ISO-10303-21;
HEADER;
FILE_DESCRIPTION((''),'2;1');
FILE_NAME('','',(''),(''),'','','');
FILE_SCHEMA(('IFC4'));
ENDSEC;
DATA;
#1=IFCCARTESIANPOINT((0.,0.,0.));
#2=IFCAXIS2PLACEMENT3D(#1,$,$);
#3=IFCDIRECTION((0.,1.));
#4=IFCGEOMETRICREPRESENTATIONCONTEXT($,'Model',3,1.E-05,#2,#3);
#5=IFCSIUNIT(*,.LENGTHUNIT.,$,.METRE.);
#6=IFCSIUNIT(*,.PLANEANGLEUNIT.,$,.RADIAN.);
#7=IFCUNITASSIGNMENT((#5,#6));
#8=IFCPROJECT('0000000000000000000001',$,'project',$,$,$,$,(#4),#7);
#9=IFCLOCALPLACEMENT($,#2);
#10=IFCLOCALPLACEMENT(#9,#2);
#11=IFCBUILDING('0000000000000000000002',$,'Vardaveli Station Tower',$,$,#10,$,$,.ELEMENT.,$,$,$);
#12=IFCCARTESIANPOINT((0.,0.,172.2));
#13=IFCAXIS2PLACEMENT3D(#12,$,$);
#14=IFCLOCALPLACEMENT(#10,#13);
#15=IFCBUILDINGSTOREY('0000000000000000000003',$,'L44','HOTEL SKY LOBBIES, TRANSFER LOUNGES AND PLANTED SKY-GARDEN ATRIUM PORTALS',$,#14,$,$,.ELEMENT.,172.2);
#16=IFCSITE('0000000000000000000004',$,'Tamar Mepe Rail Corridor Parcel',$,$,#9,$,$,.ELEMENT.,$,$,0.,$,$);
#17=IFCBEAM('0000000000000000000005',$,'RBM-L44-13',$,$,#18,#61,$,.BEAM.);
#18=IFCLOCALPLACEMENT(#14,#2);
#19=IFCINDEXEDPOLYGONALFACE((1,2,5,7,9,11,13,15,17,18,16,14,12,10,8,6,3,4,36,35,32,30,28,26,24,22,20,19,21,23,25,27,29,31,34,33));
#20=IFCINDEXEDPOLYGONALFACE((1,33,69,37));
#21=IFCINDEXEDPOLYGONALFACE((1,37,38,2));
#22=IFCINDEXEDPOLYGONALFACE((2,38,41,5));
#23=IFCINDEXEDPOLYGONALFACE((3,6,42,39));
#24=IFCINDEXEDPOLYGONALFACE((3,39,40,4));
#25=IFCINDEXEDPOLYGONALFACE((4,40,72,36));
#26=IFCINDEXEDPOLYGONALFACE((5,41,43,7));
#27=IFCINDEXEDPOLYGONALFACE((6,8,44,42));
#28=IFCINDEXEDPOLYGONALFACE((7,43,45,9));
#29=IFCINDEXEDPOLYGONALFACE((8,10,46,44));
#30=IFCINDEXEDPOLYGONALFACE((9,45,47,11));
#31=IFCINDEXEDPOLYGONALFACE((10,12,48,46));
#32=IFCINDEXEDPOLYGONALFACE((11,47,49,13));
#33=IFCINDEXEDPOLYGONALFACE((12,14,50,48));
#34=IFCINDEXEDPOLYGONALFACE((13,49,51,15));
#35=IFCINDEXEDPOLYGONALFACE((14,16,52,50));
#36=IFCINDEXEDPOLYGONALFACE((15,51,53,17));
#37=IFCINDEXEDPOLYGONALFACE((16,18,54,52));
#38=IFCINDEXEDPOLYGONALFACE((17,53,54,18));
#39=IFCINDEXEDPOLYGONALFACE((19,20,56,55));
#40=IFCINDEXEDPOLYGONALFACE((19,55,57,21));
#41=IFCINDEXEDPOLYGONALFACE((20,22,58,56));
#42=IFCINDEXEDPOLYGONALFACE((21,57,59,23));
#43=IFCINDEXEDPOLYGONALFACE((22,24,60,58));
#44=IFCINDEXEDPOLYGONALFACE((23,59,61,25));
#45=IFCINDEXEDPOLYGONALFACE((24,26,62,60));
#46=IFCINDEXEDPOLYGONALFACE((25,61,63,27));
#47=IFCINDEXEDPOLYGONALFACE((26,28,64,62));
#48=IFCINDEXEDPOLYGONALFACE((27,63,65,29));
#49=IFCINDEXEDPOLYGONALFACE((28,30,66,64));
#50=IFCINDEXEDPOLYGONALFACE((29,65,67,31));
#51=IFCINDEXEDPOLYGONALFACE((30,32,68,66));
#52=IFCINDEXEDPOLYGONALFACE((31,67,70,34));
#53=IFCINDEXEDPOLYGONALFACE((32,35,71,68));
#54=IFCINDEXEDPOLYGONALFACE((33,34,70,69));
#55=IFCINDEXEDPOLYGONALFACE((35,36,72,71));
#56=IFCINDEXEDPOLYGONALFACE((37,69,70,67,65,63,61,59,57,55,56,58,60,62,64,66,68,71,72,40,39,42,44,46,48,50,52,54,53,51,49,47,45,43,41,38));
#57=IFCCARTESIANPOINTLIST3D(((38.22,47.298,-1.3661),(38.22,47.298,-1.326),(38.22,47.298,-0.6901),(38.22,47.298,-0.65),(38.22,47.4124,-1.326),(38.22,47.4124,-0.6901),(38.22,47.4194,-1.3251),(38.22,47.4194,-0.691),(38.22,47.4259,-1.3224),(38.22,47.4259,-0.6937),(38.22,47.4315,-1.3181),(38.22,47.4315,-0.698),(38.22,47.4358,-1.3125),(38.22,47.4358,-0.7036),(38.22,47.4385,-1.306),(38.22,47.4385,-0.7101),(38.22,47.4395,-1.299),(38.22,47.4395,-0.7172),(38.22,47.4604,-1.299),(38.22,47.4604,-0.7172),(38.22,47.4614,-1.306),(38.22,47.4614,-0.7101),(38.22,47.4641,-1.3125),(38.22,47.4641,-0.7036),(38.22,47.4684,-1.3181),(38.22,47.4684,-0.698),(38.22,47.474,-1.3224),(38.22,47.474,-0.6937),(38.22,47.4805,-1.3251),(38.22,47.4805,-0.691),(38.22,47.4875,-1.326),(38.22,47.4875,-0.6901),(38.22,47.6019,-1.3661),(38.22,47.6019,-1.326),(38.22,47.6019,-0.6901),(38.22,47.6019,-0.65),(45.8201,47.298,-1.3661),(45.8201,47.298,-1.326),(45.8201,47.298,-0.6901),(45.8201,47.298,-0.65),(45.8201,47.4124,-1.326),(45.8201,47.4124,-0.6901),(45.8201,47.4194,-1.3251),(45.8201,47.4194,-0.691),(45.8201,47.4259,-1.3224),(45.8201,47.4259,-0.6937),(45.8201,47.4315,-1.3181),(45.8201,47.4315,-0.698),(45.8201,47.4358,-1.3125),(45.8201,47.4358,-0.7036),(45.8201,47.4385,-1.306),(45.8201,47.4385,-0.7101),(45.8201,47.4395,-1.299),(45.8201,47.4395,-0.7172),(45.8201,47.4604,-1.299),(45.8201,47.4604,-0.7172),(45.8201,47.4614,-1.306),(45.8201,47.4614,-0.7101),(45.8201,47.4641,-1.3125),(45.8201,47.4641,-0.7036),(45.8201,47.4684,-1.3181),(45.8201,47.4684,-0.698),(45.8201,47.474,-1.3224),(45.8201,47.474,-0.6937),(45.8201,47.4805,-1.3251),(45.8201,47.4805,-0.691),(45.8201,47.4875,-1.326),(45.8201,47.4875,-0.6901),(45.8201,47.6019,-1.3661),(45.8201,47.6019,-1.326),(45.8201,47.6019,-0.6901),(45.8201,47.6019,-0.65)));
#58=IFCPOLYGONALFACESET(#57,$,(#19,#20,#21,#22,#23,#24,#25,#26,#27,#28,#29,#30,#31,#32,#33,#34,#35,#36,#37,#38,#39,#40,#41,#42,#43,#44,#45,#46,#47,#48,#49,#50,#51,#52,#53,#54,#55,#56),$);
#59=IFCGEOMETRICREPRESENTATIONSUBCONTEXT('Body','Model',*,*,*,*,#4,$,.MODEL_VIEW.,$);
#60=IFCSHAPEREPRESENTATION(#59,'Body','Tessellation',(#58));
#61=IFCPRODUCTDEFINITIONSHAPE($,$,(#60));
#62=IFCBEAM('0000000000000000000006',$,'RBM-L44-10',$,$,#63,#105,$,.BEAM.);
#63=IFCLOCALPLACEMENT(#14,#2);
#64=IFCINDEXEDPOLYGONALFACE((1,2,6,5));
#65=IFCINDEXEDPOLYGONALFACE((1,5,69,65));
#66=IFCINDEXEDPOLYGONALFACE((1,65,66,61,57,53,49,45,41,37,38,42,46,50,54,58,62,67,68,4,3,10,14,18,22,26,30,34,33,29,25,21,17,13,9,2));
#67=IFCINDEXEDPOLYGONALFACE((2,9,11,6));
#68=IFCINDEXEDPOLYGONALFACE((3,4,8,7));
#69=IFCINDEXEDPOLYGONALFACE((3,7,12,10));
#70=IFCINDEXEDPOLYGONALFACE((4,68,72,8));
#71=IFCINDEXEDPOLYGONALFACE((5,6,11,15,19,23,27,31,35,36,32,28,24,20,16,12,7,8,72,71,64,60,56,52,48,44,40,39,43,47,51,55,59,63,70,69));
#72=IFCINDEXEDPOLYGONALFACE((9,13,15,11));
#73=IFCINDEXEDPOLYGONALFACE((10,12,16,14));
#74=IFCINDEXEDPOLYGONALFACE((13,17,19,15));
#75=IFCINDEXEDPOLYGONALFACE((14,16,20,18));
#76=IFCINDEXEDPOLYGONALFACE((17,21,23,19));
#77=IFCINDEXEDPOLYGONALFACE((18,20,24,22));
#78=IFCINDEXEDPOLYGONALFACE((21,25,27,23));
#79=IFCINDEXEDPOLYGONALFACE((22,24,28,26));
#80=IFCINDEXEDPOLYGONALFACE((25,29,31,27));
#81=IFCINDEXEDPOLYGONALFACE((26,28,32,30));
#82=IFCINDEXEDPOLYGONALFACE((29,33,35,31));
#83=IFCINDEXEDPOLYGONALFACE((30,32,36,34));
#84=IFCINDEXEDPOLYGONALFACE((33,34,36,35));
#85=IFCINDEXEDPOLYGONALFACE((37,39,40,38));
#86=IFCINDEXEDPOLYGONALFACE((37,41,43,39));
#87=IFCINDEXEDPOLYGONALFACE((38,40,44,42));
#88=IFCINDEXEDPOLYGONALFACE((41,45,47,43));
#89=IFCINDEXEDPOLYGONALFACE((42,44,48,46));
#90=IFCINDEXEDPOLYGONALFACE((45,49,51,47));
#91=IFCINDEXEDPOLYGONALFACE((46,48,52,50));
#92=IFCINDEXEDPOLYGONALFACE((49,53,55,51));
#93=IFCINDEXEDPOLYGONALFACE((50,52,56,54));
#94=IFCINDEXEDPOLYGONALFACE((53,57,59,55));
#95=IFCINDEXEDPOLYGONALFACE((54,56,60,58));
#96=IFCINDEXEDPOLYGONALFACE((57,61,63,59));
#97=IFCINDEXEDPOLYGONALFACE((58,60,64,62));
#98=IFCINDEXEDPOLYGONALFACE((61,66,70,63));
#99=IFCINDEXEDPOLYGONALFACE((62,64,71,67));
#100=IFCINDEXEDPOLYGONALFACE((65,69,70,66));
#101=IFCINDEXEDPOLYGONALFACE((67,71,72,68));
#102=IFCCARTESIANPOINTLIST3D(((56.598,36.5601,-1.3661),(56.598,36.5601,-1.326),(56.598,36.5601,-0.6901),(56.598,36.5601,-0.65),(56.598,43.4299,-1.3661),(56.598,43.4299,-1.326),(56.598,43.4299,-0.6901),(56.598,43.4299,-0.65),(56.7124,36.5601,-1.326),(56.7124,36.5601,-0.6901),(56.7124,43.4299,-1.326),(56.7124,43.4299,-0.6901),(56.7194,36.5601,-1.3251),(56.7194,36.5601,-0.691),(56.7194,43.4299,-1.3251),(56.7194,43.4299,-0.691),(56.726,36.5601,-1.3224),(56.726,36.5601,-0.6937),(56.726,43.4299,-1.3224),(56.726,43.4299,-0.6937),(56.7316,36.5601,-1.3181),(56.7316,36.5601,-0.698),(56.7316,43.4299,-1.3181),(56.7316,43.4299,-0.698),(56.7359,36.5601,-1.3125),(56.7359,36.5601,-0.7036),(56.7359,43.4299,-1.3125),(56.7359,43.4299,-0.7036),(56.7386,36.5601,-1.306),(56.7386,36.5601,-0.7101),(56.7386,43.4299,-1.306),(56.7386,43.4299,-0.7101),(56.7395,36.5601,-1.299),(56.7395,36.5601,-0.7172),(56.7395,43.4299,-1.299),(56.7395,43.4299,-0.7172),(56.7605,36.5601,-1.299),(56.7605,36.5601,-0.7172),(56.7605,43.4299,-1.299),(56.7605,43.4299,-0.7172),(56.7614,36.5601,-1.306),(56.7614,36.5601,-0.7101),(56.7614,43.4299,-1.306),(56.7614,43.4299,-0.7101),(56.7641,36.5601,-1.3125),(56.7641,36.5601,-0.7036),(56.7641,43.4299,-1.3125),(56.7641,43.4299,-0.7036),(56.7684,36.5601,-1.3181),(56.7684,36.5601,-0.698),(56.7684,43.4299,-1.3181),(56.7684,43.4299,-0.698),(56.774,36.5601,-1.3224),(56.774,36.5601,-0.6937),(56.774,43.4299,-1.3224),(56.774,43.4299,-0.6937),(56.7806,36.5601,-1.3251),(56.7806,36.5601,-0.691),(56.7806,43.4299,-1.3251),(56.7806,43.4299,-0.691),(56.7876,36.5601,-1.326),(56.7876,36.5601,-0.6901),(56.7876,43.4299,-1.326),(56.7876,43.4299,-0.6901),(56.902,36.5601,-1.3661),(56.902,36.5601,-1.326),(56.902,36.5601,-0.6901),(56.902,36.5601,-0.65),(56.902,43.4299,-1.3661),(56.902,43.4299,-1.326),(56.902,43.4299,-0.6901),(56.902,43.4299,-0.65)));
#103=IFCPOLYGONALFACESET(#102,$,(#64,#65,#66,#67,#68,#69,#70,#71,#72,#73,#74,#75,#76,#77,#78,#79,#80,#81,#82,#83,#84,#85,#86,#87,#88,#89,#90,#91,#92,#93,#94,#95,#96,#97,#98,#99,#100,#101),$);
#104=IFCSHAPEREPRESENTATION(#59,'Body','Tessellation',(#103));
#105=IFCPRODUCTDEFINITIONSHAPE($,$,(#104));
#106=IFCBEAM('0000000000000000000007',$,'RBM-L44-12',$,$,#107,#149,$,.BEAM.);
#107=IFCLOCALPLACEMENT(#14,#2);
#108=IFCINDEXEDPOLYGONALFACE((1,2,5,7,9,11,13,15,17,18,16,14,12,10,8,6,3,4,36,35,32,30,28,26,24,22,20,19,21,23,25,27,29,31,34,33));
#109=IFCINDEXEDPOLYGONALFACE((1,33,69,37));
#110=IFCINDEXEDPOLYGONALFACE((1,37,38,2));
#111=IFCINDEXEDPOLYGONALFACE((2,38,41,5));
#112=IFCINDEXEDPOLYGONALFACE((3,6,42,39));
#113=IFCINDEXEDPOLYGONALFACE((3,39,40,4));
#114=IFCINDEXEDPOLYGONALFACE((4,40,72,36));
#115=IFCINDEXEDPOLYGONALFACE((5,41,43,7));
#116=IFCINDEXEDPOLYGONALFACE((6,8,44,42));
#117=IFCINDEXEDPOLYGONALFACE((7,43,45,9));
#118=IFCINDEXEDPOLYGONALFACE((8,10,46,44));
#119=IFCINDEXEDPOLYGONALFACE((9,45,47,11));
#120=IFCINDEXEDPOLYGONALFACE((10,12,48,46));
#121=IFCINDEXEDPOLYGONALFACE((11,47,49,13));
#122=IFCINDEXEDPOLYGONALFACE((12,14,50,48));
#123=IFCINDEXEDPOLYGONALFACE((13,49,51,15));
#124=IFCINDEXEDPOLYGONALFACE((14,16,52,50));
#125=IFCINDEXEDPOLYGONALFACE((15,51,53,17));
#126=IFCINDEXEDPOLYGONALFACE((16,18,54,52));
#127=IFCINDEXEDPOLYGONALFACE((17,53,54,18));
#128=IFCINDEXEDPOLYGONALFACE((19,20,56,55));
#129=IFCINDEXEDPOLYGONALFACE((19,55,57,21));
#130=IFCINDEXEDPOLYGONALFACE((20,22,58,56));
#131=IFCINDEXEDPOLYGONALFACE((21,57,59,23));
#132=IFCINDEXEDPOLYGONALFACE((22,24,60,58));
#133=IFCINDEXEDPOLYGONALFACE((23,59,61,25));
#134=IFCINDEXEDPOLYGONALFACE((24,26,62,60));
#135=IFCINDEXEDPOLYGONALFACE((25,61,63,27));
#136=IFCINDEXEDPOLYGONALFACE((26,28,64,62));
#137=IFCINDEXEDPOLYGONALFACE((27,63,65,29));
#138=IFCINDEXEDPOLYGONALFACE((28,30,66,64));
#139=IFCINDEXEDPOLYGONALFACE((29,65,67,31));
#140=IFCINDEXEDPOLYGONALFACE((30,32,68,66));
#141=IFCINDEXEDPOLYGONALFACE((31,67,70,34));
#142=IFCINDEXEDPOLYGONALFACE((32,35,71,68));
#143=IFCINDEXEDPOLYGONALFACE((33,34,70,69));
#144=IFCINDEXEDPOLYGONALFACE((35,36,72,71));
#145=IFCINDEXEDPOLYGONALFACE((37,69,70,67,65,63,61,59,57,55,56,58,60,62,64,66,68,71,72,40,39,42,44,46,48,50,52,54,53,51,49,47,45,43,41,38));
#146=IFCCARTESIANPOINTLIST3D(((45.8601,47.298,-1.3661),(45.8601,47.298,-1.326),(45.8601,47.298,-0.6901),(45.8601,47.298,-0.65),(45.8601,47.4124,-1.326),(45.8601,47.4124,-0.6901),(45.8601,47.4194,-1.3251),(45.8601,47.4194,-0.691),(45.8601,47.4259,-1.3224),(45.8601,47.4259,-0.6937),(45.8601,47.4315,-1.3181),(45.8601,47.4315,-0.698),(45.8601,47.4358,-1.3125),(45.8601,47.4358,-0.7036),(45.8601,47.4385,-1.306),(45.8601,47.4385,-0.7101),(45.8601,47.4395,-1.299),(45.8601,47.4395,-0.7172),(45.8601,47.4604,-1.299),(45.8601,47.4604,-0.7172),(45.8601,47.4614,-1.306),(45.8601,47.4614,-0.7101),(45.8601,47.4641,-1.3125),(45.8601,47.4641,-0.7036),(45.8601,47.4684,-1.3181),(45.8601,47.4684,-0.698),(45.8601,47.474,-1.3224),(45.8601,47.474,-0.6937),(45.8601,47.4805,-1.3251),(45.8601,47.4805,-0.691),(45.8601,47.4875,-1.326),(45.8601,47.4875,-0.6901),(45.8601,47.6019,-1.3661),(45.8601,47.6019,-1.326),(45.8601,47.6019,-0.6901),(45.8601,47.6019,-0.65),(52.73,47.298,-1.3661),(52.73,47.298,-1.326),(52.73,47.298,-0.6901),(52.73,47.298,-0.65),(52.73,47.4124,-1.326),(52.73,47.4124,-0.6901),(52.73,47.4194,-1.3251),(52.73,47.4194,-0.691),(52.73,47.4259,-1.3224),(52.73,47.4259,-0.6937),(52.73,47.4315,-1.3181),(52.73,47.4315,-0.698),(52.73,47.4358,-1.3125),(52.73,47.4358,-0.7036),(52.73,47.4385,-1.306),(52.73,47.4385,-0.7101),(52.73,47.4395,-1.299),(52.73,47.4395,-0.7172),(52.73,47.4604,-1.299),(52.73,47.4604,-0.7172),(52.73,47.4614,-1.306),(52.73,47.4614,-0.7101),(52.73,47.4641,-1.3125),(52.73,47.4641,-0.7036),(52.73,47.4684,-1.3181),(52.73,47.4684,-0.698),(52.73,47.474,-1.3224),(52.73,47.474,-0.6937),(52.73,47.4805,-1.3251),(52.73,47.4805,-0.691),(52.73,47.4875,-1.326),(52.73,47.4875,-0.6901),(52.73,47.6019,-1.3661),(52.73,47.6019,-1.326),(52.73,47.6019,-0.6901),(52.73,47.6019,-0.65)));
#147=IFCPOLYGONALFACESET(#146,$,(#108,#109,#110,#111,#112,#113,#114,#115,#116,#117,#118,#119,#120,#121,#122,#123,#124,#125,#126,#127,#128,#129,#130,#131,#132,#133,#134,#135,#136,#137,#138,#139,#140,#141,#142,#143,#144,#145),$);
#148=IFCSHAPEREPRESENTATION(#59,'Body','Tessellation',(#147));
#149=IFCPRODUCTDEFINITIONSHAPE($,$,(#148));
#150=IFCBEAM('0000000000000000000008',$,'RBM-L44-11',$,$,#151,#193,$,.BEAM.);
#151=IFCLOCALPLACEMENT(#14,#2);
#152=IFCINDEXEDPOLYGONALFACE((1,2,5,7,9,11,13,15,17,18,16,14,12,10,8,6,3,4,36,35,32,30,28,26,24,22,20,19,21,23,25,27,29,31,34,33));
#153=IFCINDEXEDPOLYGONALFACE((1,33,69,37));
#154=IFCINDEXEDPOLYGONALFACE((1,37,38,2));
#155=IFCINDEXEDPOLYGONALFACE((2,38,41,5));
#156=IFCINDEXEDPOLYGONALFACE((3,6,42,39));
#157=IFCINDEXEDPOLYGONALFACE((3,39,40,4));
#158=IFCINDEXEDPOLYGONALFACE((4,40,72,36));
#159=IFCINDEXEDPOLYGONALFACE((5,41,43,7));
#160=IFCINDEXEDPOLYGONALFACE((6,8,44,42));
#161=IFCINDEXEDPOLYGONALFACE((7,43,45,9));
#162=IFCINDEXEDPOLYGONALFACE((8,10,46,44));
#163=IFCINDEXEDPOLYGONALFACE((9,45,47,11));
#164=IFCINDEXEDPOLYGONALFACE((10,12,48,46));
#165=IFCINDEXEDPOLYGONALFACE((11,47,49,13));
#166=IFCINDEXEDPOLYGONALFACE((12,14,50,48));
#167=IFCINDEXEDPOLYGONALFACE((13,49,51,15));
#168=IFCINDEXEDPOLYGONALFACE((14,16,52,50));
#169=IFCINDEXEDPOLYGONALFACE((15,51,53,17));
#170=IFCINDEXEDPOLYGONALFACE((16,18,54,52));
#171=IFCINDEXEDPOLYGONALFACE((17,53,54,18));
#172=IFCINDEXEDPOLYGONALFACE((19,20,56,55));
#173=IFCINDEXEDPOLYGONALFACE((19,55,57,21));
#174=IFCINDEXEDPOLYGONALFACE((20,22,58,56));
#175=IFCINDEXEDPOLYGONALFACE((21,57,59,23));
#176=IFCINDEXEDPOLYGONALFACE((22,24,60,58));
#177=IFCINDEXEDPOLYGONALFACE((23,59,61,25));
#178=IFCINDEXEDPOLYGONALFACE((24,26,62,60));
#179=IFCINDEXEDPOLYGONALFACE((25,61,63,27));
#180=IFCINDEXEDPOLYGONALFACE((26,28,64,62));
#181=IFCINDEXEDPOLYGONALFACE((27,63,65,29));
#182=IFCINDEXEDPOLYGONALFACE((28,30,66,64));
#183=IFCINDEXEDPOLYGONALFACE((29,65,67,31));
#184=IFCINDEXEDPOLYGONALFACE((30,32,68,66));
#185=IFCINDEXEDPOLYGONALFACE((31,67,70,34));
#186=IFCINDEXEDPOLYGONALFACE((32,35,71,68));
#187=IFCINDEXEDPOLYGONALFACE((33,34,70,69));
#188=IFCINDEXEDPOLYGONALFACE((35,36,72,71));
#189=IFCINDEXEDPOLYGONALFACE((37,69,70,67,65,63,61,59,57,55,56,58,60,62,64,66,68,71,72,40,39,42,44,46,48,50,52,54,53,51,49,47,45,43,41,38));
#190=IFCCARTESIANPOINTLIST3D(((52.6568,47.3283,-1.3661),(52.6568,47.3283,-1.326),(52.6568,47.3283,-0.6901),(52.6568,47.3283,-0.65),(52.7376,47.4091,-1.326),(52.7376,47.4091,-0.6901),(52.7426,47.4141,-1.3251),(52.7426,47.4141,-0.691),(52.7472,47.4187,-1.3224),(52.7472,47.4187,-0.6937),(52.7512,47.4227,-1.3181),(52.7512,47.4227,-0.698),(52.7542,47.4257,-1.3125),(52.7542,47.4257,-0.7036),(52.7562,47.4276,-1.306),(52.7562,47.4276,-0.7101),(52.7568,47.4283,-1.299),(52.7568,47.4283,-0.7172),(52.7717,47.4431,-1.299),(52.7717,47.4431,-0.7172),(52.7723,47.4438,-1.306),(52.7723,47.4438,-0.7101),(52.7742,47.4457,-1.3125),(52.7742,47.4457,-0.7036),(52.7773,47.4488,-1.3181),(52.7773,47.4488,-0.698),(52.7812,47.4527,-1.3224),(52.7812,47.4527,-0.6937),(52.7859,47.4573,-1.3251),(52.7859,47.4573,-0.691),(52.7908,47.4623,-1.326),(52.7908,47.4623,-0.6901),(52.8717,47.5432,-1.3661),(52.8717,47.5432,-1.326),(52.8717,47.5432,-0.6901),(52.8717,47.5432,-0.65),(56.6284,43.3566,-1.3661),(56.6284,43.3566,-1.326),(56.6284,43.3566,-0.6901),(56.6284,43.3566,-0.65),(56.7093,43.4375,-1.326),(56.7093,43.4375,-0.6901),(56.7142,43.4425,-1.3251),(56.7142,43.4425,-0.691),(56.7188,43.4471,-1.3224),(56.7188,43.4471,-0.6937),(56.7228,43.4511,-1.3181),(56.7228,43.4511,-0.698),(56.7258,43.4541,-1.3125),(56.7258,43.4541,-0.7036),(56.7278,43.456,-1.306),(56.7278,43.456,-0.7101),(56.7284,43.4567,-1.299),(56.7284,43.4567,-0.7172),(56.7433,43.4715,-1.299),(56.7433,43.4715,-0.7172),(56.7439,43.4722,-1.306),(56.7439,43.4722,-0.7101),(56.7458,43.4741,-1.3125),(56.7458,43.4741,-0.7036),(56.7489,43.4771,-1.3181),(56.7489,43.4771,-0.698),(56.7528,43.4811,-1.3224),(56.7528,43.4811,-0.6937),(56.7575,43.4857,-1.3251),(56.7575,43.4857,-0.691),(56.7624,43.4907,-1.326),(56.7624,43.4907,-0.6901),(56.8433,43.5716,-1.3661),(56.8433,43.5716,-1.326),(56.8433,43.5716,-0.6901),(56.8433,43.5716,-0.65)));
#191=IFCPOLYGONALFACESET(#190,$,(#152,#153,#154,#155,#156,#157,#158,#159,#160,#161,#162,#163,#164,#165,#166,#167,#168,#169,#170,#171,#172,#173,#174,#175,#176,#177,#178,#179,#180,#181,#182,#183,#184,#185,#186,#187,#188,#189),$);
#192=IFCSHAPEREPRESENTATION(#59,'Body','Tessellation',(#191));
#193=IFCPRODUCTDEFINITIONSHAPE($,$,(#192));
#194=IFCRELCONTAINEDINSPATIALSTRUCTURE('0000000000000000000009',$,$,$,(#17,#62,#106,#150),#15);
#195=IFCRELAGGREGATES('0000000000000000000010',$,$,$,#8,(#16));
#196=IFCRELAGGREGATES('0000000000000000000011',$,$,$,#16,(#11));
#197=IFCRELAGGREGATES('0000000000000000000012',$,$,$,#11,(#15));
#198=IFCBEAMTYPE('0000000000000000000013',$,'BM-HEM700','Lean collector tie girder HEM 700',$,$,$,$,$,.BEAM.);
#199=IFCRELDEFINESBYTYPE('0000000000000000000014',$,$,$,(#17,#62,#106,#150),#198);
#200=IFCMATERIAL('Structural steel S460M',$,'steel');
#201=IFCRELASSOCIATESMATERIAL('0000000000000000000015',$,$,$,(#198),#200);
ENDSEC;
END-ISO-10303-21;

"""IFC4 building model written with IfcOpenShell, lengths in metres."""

from ifc_helpers import new_model, si_unit, direction, frame, origin, origin_2d, place, context, subcontext, project, spatial, i_section, extrude, source, transform, mapped, material, material_profile, profile_set, type_object, element, save


model = new_model("IFC4")

# Units and contexts
model_context = context("Model", 3, precision=1e-05, world=origin(), true_north=direction((0.0, 1.0)))
body_context = subcontext(model_context, "Body", "Model", "MODEL_VIEW")
ifc_project = project(units=[si_unit("LENGTHUNIT", "METRE"), si_unit("PLANEANGLEUNIT", "RADIAN")], contexts=[model_context])

# Site, building, storey
site_placement = place(None, origin())
site = spatial("IfcSite", under=ifc_project, at=site_placement, Name="Tamar Mepe Rail Corridor Parcel", CompositionType="ELEMENT", RefElevation=0.0)
building_placement = place(site_placement, origin())
building = spatial("IfcBuilding", under=site, at=building_placement, Name="Vardaveli Station Tower", CompositionType="ELEMENT")
storey_placement = place(building_placement, frame((0.0, 0.0, 172.2)))
storey = spatial("IfcBuildingStorey", under=building, at=storey_placement, Name="L44", Description="HOTEL SKY LOBBIES, TRANSFER LOUNGES AND PLANTED SKY-GARDEN ATRIUM PORTALS", CompositionType="ELEMENT", Elevation=172.2)

# Shared definitions
ifc_material_1 = material(Name="Structural steel S460M", Category="steel")

# Beams
ifc_material_profile_1 = material_profile(ifc_material_1, i_section(OverallWidth=0.304, OverallDepth=0.7161, WebThickness=0.021, FlangeThickness=0.04, FilletRadius=0.0271, at=origin_2d()), Name="HEM 700")
ifc_profile_set_1 = profile_set([ifc_material_profile_1], Name="Structural steel S460M")
beam_type = type_object("IfcBeamType", Name="BM-HEM700", Description="Lean collector tie girder HEM 700", PredefinedType="BEAM", material=ifc_profile_set_1)
shared_shape_1 = source(origin(), body_context, "Body", "SweptSolid", [
    extrude(i_section(OverallWidth=0.304, OverallDepth=0.7161, WebThickness=0.021, FlangeThickness=0.04, FilletRadius=0.0271, at=origin_2d()), origin(), (0.0, 0.0, 1.0), 7.6001),
])
beam_1_placement = place(storey_placement, frame((45.8201, 47.45, -1.0081), z_axis=(-1.0, 0.0, 0.0), x_axis=(0.0, -1.0, 0.0)))
element("IfcBeam", 1, at=beam_1_placement, inside=storey, type_object=beam_type, Name="RBM-L44-13", PredefinedType="BEAM", context=body_context, shape_type="MappedRepresentation", body=[
    mapped(shared_shape_1, transform((0.0, 0.0, 0.0), scale=1.0)),
])
shared_shape_2 = source(origin(), body_context, "Body", "SweptSolid", [
    extrude(i_section(OverallWidth=0.304, OverallDepth=0.7161, WebThickness=0.021, FlangeThickness=0.04, FilletRadius=0.0271, at=origin_2d()), origin(), (0.0, 0.0, 1.0), 6.8699),
])
for number, where, z_axis, x_axis, name in (
    (2, (56.75, 36.5601, -1.0081), (0.0, 1.0, 0.0), (-1.0, 0.0, 0.0), "RBM-L44-10"),
    (3, (52.73, 47.45, -1.0081), (-1.0, 0.0, 0.0), (0.0, -1.0, 0.0), "RBM-L44-12"),
):
    element("IfcBeam", number, at=place(storey_placement, frame(where, z_axis=z_axis, x_axis=x_axis)), inside=storey, type_object=beam_type, Name=name, PredefinedType="BEAM", context=body_context, shape_type="MappedRepresentation", body=[
        mapped(shared_shape_2, transform((0.0, 0.0, 0.0), scale=1.0)),
    ])
shared_shape_3 = source(origin(), body_context, "Body", "SweptSolid", [
    extrude(i_section(OverallWidth=0.304, OverallDepth=0.7161, WebThickness=0.021, FlangeThickness=0.04, FilletRadius=0.0271, at=origin_2d()), origin(), (0.0, 0.0, 1.0), 5.6167),
])
beam_2_placement = place(storey_placement, frame((56.7358, 43.4641, -1.0081), z_axis=(-0.707107, 0.707107, 0.0), x_axis=(-0.707107, -0.707107, 0.0)))
element("IfcBeam", 4, at=beam_2_placement, inside=storey, type_object=beam_type, Name="RBM-L44-11", PredefinedType="BEAM", context=body_context, shape_type="MappedRepresentation", body=[
    mapped(shared_shape_3, transform((0.0, 0.0, 0.0), scale=1.0)),
])

save(model, "model.ifc")
